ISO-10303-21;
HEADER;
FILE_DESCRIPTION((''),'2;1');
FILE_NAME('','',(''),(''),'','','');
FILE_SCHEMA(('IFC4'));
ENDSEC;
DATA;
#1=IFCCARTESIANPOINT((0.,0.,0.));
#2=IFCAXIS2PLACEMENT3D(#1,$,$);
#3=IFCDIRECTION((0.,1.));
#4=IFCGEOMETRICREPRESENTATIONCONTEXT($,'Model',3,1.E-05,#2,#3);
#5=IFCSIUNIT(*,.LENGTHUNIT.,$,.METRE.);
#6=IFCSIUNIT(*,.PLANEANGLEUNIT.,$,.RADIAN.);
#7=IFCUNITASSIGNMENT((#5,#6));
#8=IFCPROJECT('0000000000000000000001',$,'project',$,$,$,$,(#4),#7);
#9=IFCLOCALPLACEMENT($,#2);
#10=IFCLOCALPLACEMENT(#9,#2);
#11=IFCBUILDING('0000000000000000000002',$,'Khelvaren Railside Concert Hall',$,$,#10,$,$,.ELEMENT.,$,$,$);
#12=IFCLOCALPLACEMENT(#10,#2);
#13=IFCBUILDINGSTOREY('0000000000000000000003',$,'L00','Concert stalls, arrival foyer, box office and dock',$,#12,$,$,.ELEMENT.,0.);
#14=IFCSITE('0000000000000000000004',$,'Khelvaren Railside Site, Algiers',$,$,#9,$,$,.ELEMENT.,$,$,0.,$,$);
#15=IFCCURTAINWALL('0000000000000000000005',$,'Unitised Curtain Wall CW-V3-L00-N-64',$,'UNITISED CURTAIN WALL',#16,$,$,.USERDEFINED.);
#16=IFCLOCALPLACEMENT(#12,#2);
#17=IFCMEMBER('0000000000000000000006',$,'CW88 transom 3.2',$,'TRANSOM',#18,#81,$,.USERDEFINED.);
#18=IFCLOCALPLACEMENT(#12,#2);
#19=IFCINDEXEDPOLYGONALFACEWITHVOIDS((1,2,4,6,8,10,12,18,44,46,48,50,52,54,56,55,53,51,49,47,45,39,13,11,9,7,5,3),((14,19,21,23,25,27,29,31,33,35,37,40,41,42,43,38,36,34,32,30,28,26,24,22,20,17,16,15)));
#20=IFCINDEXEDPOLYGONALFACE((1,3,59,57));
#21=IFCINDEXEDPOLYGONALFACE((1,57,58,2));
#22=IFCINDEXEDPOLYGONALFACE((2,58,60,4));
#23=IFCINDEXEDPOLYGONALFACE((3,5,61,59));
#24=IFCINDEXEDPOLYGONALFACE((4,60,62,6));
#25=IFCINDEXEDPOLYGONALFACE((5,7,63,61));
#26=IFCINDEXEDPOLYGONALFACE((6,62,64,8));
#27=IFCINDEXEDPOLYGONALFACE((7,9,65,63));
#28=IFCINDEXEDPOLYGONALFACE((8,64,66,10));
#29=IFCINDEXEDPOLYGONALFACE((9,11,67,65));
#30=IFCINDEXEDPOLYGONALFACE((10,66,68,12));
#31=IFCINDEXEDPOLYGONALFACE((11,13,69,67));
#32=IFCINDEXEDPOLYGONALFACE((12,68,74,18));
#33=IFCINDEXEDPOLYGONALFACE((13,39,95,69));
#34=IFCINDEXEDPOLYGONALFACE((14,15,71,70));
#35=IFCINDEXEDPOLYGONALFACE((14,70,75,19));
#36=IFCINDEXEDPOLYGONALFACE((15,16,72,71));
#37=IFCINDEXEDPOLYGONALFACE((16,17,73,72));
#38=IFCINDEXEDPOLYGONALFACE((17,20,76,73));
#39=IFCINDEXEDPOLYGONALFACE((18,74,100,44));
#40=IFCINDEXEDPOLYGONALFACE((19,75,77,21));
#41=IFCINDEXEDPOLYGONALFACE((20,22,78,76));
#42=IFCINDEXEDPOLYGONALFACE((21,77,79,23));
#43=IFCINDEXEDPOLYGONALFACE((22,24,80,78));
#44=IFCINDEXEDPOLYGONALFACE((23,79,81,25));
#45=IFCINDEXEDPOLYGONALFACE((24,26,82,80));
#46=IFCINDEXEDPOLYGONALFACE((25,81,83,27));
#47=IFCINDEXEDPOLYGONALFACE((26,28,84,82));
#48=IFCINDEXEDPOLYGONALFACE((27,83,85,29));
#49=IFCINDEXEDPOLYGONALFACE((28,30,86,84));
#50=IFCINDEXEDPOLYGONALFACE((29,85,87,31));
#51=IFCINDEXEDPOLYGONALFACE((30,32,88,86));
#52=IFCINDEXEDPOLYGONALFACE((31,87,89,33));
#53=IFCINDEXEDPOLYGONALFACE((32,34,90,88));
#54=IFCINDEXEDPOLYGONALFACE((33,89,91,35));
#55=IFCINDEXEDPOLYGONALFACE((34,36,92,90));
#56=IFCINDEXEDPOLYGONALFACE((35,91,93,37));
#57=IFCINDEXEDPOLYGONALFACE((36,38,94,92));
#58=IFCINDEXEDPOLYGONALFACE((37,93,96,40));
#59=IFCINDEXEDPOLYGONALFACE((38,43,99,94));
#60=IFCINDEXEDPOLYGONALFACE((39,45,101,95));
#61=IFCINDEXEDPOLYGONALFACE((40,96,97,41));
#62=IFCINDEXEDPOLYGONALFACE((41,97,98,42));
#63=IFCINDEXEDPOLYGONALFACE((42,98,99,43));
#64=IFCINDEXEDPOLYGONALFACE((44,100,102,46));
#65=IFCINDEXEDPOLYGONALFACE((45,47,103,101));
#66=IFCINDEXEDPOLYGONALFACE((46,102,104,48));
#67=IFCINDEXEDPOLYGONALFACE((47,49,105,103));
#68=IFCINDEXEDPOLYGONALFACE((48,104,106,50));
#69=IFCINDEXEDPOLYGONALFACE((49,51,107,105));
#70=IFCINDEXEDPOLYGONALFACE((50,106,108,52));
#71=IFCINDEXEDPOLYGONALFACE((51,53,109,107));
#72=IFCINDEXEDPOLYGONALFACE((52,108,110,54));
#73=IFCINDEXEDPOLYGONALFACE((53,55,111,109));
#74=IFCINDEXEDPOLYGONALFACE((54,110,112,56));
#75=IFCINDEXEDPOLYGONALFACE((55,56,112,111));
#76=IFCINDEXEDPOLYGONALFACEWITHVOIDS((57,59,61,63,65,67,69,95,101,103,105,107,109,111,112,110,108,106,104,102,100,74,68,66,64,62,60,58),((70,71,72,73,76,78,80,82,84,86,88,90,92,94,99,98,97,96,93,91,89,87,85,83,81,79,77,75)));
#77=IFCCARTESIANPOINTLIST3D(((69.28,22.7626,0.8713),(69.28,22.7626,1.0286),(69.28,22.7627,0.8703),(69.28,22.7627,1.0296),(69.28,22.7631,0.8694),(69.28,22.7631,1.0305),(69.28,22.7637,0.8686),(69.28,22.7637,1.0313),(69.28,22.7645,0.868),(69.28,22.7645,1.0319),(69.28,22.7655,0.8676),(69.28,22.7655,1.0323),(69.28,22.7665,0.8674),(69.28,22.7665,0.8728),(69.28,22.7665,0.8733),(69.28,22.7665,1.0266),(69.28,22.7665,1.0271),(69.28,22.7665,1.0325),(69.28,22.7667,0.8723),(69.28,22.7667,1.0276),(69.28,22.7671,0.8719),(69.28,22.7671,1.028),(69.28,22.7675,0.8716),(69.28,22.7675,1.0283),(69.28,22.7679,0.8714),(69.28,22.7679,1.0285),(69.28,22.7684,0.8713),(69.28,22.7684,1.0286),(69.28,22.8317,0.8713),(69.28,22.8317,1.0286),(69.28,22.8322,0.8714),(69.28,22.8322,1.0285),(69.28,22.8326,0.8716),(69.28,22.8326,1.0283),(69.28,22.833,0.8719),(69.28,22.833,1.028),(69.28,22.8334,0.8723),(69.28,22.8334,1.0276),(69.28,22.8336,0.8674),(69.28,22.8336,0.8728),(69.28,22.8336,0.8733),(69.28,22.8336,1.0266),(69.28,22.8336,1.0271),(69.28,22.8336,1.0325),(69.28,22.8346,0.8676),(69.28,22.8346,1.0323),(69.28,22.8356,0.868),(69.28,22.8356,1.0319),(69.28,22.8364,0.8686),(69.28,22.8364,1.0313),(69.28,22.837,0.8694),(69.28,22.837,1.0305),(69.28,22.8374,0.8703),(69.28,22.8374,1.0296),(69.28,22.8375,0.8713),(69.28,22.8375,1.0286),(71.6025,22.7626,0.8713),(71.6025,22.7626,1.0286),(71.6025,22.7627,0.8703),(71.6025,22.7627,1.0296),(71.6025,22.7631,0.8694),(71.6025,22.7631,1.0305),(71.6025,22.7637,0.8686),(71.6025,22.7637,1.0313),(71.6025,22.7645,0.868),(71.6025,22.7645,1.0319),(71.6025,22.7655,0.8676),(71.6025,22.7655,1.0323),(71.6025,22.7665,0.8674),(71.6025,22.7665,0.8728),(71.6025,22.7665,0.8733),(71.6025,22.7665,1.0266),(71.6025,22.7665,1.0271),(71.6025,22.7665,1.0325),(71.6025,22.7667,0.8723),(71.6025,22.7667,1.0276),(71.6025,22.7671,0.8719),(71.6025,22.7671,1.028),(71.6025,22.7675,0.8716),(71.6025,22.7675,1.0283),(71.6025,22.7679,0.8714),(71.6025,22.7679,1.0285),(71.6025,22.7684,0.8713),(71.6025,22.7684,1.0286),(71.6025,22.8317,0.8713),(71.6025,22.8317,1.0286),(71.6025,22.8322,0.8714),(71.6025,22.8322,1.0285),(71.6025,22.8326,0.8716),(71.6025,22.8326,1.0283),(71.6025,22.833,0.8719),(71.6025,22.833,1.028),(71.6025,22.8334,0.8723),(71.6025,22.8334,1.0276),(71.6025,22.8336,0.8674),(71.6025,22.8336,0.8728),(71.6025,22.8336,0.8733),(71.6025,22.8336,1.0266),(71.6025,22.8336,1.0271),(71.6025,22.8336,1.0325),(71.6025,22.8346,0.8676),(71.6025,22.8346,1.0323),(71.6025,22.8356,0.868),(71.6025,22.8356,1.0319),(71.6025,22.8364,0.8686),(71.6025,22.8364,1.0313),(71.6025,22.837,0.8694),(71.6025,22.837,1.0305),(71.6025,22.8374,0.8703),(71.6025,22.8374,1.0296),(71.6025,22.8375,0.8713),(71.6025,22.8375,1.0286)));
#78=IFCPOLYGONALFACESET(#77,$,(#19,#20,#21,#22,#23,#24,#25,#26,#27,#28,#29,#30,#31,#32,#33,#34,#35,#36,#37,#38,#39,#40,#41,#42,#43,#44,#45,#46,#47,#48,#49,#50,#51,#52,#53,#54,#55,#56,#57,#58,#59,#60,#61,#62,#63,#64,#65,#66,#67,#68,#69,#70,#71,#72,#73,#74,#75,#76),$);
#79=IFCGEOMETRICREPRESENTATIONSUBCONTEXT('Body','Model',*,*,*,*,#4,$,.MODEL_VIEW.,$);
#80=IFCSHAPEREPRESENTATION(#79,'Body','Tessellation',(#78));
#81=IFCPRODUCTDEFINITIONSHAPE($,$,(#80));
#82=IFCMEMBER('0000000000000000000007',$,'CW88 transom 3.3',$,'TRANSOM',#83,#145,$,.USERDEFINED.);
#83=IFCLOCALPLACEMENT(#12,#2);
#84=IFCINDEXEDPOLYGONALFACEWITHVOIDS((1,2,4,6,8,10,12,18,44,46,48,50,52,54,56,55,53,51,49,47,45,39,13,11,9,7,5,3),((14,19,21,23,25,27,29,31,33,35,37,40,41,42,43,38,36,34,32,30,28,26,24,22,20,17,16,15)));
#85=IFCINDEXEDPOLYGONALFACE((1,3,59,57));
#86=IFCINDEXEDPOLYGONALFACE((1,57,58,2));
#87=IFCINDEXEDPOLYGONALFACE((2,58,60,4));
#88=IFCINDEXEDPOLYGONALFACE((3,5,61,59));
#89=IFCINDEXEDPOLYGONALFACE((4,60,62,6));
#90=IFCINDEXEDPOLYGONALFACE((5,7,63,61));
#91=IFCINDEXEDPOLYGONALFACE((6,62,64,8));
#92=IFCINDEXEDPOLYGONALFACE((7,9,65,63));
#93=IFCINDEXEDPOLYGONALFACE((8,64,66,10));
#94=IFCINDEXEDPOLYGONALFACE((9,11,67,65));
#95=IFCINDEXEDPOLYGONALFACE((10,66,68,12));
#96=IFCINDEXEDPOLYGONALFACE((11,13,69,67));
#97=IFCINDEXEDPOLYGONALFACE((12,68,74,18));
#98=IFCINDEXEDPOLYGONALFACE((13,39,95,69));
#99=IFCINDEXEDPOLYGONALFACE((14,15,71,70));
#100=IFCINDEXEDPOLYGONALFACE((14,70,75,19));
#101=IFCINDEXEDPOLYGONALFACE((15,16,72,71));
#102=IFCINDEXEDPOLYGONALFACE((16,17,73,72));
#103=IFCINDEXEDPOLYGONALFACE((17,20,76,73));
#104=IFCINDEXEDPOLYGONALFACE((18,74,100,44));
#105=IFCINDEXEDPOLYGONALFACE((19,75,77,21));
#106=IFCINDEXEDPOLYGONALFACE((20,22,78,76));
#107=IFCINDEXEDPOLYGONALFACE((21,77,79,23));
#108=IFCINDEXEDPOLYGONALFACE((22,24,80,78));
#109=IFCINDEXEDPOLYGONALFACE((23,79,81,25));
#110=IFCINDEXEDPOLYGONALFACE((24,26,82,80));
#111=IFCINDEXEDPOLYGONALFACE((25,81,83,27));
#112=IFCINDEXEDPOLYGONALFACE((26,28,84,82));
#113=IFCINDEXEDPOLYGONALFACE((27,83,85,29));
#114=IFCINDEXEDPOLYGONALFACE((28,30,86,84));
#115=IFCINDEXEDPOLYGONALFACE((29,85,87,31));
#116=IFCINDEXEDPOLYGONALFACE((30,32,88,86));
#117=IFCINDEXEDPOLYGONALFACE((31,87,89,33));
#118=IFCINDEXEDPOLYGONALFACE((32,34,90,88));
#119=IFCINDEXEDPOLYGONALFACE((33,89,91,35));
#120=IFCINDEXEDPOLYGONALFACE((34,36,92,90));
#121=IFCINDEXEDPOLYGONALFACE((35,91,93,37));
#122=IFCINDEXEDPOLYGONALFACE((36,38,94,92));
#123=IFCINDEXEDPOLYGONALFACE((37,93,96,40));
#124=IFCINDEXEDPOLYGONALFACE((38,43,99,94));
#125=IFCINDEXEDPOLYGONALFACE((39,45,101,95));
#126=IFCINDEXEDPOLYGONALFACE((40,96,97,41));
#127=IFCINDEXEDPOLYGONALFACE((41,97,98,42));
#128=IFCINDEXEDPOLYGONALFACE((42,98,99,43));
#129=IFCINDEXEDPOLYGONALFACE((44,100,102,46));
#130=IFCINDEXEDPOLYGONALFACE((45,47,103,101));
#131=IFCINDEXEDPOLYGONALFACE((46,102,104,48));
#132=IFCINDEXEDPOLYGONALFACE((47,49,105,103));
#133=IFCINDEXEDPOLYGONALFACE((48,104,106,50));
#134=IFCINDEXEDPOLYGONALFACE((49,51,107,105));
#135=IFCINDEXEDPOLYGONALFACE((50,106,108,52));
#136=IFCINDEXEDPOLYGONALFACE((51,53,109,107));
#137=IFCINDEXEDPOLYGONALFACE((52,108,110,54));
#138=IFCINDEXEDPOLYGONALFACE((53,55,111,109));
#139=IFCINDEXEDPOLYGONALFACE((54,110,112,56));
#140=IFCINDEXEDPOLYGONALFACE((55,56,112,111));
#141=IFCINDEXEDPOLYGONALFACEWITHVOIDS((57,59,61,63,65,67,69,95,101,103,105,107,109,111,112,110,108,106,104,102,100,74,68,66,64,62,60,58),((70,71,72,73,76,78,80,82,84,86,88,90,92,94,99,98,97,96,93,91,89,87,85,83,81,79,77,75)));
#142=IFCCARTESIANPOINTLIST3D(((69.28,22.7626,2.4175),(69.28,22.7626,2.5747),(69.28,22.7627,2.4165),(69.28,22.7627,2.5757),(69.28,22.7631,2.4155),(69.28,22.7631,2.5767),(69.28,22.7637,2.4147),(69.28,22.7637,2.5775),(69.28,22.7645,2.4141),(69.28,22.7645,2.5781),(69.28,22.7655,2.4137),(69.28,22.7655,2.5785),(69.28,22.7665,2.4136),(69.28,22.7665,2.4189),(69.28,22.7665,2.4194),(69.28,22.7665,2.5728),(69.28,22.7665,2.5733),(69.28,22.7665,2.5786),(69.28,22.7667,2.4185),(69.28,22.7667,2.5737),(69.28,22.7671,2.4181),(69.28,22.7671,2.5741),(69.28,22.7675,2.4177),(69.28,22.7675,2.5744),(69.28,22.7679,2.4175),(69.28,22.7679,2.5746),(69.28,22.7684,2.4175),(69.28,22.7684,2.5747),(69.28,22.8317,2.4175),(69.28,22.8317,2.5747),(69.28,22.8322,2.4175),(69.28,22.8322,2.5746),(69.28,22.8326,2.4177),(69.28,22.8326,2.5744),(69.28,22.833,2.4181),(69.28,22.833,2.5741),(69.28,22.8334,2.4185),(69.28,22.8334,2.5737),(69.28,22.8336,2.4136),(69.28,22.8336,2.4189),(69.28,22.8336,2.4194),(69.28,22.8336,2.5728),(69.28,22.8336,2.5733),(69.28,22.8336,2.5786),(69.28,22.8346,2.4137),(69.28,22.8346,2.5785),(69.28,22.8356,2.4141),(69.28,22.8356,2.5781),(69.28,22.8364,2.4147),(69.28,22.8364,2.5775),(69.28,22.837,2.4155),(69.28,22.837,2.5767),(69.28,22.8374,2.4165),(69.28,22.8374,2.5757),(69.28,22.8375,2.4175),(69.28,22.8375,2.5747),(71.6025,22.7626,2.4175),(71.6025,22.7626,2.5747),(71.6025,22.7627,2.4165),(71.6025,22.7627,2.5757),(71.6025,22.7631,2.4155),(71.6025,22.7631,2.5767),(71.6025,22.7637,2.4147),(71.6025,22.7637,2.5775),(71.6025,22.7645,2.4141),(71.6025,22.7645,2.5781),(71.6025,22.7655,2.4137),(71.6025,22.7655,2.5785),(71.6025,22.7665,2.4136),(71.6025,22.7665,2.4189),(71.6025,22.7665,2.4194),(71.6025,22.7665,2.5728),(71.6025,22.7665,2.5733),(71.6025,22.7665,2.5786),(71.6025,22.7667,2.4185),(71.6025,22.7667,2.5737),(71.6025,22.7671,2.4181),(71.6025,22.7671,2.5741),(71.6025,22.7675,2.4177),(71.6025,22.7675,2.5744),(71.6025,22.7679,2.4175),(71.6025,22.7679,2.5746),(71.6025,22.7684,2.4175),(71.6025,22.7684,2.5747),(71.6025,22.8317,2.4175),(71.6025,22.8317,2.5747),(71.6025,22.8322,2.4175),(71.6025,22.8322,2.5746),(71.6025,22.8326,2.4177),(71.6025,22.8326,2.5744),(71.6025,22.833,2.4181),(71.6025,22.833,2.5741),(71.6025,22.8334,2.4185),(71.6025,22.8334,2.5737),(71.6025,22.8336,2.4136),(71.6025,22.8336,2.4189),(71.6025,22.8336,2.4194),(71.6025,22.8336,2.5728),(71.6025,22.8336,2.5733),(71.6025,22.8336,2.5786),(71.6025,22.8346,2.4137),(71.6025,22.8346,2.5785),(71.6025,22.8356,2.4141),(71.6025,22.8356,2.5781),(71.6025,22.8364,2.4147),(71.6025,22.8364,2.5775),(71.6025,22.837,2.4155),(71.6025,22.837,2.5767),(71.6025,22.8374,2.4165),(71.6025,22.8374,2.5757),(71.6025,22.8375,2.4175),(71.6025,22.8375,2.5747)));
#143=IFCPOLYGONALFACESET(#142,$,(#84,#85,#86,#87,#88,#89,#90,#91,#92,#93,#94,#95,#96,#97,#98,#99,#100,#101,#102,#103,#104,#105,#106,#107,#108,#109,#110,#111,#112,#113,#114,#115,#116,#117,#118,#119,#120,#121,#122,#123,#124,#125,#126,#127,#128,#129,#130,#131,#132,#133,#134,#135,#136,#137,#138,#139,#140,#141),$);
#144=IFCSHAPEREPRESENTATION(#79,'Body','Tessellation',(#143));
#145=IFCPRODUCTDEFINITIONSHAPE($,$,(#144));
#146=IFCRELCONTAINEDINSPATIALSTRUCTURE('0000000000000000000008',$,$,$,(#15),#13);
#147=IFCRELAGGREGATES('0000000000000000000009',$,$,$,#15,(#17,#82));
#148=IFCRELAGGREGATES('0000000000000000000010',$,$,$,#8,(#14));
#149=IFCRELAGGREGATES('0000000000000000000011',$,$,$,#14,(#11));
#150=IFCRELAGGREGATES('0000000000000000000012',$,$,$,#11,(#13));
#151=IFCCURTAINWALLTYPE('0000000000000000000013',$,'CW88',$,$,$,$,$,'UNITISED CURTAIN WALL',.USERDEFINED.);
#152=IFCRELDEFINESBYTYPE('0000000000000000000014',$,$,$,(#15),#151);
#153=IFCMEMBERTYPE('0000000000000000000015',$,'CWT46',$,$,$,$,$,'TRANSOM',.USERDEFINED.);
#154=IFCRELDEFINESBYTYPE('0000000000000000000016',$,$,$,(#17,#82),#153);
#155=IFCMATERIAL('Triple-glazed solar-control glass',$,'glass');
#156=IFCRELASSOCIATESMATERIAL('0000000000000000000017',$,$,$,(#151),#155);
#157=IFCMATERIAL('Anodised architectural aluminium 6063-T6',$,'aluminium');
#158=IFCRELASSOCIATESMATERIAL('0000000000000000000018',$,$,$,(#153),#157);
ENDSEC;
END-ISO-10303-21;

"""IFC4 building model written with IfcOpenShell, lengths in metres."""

from ifc_helpers import new_model, si_unit, direction, frame, origin, origin_2d, place, context, subcontext, project, spatial, hollow_rectangle, extrude, material, material_profile, profile_set, type_object, element, aggregate, save


model = new_model("IFC4")

# Units and contexts
model_context = context("Model", 3, precision=1e-05, world=origin(), true_north=direction((0.0, 1.0)))
body_context = subcontext(model_context, "Body", "Model", "MODEL_VIEW")
ifc_project = project(units=[si_unit("LENGTHUNIT", "METRE"), si_unit("PLANEANGLEUNIT", "RADIAN")], contexts=[model_context])

# Site, building, storey
site_placement = place(None, origin())
site = spatial("IfcSite", under=ifc_project, at=site_placement, Name="Khelvaren Railside Site, Algiers", CompositionType="ELEMENT", RefElevation=0.0)
building_placement = place(site_placement, origin())
building = spatial("IfcBuilding", under=site, at=building_placement, Name="Khelvaren Railside Concert Hall", CompositionType="ELEMENT")
storey_placement = place(building_placement, origin())
storey = spatial("IfcBuildingStorey", under=building, at=storey_placement, Name="L00", Description="Concert stalls, arrival foyer, box office and dock", CompositionType="ELEMENT", Elevation=0.0)

# Curtain wall, members
ifc_material_1 = material(Name="Triple-glazed solar-control glass", Category="glass")
curtain_wall_type = type_object("IfcCurtainWallType", Name="CW88", ElementType="UNITISED CURTAIN WALL", PredefinedType="USERDEFINED", material=ifc_material_1)
curtain_wall_placement = place(storey_placement, origin())
curtain_wall = element("IfcCurtainWall", 1, at=curtain_wall_placement, inside=storey, type_object=curtain_wall_type, Name="Unitised Curtain Wall CW-V3-L00-N-64", ObjectType="UNITISED CURTAIN WALL", PredefinedType="USERDEFINED")
ifc_material_2 = material(Name="Anodised architectural aluminium 6063-T6", Category="aluminium")
ifc_material_profile_1 = material_profile(ifc_material_2, hollow_rectangle(XDim=0.075, YDim=0.165, WallThickness=0.0039, InnerFilletRadius=0.002, OuterFilletRadius=0.0039, at=origin_2d()), Name="CWT 75x165x4")
ifc_profile_set_1 = profile_set([ifc_material_profile_1], Name="Anodised architectural aluminium 6063-T6")
member_type_1 = type_object("IfcMemberType", Name="CWT46", ElementType="TRANSOM", PredefinedType="USERDEFINED", material=ifc_profile_set_1)
member_1_placement = place(storey_placement, frame((69.28, 22.8, 0.95), z_axis=(1.0, 0.0, 0.0), x_axis=(0.0, 1.0, 0.0)))
member_1 = element("IfcMember", 2, at=member_1_placement, type_object=member_type_1, Name="CW88 transom 3.2", ObjectType="TRANSOM", PredefinedType="USERDEFINED", context=body_context, shape_type="SweptSolid", body=[
    extrude(hollow_rectangle(XDim=0.075, YDim=0.165, WallThickness=0.0039, InnerFilletRadius=0.002, OuterFilletRadius=0.0039, at=origin_2d()), origin(), (0.0, 0.0, 1.0), 2.3225),
])
member_2_placement = place(storey_placement, frame((69.28, 22.8, 2.4961), z_axis=(1.0, 0.0, 0.0), x_axis=(0.0, 1.0, 0.0)))
member_2 = element("IfcMember", 3, at=member_2_placement, type_object=member_type_1, Name="CW88 transom 3.3", ObjectType="TRANSOM", PredefinedType="USERDEFINED", context=body_context, shape_type="SweptSolid", body=[
    extrude(hollow_rectangle(XDim=0.075, YDim=0.165, WallThickness=0.0039, InnerFilletRadius=0.002, OuterFilletRadius=0.0039, at=origin_2d()), origin(), (0.0, 0.0, 1.0), 2.3225),
])

aggregate(curtain_wall, [member_1, member_2])

save(model, "model.ifc")
